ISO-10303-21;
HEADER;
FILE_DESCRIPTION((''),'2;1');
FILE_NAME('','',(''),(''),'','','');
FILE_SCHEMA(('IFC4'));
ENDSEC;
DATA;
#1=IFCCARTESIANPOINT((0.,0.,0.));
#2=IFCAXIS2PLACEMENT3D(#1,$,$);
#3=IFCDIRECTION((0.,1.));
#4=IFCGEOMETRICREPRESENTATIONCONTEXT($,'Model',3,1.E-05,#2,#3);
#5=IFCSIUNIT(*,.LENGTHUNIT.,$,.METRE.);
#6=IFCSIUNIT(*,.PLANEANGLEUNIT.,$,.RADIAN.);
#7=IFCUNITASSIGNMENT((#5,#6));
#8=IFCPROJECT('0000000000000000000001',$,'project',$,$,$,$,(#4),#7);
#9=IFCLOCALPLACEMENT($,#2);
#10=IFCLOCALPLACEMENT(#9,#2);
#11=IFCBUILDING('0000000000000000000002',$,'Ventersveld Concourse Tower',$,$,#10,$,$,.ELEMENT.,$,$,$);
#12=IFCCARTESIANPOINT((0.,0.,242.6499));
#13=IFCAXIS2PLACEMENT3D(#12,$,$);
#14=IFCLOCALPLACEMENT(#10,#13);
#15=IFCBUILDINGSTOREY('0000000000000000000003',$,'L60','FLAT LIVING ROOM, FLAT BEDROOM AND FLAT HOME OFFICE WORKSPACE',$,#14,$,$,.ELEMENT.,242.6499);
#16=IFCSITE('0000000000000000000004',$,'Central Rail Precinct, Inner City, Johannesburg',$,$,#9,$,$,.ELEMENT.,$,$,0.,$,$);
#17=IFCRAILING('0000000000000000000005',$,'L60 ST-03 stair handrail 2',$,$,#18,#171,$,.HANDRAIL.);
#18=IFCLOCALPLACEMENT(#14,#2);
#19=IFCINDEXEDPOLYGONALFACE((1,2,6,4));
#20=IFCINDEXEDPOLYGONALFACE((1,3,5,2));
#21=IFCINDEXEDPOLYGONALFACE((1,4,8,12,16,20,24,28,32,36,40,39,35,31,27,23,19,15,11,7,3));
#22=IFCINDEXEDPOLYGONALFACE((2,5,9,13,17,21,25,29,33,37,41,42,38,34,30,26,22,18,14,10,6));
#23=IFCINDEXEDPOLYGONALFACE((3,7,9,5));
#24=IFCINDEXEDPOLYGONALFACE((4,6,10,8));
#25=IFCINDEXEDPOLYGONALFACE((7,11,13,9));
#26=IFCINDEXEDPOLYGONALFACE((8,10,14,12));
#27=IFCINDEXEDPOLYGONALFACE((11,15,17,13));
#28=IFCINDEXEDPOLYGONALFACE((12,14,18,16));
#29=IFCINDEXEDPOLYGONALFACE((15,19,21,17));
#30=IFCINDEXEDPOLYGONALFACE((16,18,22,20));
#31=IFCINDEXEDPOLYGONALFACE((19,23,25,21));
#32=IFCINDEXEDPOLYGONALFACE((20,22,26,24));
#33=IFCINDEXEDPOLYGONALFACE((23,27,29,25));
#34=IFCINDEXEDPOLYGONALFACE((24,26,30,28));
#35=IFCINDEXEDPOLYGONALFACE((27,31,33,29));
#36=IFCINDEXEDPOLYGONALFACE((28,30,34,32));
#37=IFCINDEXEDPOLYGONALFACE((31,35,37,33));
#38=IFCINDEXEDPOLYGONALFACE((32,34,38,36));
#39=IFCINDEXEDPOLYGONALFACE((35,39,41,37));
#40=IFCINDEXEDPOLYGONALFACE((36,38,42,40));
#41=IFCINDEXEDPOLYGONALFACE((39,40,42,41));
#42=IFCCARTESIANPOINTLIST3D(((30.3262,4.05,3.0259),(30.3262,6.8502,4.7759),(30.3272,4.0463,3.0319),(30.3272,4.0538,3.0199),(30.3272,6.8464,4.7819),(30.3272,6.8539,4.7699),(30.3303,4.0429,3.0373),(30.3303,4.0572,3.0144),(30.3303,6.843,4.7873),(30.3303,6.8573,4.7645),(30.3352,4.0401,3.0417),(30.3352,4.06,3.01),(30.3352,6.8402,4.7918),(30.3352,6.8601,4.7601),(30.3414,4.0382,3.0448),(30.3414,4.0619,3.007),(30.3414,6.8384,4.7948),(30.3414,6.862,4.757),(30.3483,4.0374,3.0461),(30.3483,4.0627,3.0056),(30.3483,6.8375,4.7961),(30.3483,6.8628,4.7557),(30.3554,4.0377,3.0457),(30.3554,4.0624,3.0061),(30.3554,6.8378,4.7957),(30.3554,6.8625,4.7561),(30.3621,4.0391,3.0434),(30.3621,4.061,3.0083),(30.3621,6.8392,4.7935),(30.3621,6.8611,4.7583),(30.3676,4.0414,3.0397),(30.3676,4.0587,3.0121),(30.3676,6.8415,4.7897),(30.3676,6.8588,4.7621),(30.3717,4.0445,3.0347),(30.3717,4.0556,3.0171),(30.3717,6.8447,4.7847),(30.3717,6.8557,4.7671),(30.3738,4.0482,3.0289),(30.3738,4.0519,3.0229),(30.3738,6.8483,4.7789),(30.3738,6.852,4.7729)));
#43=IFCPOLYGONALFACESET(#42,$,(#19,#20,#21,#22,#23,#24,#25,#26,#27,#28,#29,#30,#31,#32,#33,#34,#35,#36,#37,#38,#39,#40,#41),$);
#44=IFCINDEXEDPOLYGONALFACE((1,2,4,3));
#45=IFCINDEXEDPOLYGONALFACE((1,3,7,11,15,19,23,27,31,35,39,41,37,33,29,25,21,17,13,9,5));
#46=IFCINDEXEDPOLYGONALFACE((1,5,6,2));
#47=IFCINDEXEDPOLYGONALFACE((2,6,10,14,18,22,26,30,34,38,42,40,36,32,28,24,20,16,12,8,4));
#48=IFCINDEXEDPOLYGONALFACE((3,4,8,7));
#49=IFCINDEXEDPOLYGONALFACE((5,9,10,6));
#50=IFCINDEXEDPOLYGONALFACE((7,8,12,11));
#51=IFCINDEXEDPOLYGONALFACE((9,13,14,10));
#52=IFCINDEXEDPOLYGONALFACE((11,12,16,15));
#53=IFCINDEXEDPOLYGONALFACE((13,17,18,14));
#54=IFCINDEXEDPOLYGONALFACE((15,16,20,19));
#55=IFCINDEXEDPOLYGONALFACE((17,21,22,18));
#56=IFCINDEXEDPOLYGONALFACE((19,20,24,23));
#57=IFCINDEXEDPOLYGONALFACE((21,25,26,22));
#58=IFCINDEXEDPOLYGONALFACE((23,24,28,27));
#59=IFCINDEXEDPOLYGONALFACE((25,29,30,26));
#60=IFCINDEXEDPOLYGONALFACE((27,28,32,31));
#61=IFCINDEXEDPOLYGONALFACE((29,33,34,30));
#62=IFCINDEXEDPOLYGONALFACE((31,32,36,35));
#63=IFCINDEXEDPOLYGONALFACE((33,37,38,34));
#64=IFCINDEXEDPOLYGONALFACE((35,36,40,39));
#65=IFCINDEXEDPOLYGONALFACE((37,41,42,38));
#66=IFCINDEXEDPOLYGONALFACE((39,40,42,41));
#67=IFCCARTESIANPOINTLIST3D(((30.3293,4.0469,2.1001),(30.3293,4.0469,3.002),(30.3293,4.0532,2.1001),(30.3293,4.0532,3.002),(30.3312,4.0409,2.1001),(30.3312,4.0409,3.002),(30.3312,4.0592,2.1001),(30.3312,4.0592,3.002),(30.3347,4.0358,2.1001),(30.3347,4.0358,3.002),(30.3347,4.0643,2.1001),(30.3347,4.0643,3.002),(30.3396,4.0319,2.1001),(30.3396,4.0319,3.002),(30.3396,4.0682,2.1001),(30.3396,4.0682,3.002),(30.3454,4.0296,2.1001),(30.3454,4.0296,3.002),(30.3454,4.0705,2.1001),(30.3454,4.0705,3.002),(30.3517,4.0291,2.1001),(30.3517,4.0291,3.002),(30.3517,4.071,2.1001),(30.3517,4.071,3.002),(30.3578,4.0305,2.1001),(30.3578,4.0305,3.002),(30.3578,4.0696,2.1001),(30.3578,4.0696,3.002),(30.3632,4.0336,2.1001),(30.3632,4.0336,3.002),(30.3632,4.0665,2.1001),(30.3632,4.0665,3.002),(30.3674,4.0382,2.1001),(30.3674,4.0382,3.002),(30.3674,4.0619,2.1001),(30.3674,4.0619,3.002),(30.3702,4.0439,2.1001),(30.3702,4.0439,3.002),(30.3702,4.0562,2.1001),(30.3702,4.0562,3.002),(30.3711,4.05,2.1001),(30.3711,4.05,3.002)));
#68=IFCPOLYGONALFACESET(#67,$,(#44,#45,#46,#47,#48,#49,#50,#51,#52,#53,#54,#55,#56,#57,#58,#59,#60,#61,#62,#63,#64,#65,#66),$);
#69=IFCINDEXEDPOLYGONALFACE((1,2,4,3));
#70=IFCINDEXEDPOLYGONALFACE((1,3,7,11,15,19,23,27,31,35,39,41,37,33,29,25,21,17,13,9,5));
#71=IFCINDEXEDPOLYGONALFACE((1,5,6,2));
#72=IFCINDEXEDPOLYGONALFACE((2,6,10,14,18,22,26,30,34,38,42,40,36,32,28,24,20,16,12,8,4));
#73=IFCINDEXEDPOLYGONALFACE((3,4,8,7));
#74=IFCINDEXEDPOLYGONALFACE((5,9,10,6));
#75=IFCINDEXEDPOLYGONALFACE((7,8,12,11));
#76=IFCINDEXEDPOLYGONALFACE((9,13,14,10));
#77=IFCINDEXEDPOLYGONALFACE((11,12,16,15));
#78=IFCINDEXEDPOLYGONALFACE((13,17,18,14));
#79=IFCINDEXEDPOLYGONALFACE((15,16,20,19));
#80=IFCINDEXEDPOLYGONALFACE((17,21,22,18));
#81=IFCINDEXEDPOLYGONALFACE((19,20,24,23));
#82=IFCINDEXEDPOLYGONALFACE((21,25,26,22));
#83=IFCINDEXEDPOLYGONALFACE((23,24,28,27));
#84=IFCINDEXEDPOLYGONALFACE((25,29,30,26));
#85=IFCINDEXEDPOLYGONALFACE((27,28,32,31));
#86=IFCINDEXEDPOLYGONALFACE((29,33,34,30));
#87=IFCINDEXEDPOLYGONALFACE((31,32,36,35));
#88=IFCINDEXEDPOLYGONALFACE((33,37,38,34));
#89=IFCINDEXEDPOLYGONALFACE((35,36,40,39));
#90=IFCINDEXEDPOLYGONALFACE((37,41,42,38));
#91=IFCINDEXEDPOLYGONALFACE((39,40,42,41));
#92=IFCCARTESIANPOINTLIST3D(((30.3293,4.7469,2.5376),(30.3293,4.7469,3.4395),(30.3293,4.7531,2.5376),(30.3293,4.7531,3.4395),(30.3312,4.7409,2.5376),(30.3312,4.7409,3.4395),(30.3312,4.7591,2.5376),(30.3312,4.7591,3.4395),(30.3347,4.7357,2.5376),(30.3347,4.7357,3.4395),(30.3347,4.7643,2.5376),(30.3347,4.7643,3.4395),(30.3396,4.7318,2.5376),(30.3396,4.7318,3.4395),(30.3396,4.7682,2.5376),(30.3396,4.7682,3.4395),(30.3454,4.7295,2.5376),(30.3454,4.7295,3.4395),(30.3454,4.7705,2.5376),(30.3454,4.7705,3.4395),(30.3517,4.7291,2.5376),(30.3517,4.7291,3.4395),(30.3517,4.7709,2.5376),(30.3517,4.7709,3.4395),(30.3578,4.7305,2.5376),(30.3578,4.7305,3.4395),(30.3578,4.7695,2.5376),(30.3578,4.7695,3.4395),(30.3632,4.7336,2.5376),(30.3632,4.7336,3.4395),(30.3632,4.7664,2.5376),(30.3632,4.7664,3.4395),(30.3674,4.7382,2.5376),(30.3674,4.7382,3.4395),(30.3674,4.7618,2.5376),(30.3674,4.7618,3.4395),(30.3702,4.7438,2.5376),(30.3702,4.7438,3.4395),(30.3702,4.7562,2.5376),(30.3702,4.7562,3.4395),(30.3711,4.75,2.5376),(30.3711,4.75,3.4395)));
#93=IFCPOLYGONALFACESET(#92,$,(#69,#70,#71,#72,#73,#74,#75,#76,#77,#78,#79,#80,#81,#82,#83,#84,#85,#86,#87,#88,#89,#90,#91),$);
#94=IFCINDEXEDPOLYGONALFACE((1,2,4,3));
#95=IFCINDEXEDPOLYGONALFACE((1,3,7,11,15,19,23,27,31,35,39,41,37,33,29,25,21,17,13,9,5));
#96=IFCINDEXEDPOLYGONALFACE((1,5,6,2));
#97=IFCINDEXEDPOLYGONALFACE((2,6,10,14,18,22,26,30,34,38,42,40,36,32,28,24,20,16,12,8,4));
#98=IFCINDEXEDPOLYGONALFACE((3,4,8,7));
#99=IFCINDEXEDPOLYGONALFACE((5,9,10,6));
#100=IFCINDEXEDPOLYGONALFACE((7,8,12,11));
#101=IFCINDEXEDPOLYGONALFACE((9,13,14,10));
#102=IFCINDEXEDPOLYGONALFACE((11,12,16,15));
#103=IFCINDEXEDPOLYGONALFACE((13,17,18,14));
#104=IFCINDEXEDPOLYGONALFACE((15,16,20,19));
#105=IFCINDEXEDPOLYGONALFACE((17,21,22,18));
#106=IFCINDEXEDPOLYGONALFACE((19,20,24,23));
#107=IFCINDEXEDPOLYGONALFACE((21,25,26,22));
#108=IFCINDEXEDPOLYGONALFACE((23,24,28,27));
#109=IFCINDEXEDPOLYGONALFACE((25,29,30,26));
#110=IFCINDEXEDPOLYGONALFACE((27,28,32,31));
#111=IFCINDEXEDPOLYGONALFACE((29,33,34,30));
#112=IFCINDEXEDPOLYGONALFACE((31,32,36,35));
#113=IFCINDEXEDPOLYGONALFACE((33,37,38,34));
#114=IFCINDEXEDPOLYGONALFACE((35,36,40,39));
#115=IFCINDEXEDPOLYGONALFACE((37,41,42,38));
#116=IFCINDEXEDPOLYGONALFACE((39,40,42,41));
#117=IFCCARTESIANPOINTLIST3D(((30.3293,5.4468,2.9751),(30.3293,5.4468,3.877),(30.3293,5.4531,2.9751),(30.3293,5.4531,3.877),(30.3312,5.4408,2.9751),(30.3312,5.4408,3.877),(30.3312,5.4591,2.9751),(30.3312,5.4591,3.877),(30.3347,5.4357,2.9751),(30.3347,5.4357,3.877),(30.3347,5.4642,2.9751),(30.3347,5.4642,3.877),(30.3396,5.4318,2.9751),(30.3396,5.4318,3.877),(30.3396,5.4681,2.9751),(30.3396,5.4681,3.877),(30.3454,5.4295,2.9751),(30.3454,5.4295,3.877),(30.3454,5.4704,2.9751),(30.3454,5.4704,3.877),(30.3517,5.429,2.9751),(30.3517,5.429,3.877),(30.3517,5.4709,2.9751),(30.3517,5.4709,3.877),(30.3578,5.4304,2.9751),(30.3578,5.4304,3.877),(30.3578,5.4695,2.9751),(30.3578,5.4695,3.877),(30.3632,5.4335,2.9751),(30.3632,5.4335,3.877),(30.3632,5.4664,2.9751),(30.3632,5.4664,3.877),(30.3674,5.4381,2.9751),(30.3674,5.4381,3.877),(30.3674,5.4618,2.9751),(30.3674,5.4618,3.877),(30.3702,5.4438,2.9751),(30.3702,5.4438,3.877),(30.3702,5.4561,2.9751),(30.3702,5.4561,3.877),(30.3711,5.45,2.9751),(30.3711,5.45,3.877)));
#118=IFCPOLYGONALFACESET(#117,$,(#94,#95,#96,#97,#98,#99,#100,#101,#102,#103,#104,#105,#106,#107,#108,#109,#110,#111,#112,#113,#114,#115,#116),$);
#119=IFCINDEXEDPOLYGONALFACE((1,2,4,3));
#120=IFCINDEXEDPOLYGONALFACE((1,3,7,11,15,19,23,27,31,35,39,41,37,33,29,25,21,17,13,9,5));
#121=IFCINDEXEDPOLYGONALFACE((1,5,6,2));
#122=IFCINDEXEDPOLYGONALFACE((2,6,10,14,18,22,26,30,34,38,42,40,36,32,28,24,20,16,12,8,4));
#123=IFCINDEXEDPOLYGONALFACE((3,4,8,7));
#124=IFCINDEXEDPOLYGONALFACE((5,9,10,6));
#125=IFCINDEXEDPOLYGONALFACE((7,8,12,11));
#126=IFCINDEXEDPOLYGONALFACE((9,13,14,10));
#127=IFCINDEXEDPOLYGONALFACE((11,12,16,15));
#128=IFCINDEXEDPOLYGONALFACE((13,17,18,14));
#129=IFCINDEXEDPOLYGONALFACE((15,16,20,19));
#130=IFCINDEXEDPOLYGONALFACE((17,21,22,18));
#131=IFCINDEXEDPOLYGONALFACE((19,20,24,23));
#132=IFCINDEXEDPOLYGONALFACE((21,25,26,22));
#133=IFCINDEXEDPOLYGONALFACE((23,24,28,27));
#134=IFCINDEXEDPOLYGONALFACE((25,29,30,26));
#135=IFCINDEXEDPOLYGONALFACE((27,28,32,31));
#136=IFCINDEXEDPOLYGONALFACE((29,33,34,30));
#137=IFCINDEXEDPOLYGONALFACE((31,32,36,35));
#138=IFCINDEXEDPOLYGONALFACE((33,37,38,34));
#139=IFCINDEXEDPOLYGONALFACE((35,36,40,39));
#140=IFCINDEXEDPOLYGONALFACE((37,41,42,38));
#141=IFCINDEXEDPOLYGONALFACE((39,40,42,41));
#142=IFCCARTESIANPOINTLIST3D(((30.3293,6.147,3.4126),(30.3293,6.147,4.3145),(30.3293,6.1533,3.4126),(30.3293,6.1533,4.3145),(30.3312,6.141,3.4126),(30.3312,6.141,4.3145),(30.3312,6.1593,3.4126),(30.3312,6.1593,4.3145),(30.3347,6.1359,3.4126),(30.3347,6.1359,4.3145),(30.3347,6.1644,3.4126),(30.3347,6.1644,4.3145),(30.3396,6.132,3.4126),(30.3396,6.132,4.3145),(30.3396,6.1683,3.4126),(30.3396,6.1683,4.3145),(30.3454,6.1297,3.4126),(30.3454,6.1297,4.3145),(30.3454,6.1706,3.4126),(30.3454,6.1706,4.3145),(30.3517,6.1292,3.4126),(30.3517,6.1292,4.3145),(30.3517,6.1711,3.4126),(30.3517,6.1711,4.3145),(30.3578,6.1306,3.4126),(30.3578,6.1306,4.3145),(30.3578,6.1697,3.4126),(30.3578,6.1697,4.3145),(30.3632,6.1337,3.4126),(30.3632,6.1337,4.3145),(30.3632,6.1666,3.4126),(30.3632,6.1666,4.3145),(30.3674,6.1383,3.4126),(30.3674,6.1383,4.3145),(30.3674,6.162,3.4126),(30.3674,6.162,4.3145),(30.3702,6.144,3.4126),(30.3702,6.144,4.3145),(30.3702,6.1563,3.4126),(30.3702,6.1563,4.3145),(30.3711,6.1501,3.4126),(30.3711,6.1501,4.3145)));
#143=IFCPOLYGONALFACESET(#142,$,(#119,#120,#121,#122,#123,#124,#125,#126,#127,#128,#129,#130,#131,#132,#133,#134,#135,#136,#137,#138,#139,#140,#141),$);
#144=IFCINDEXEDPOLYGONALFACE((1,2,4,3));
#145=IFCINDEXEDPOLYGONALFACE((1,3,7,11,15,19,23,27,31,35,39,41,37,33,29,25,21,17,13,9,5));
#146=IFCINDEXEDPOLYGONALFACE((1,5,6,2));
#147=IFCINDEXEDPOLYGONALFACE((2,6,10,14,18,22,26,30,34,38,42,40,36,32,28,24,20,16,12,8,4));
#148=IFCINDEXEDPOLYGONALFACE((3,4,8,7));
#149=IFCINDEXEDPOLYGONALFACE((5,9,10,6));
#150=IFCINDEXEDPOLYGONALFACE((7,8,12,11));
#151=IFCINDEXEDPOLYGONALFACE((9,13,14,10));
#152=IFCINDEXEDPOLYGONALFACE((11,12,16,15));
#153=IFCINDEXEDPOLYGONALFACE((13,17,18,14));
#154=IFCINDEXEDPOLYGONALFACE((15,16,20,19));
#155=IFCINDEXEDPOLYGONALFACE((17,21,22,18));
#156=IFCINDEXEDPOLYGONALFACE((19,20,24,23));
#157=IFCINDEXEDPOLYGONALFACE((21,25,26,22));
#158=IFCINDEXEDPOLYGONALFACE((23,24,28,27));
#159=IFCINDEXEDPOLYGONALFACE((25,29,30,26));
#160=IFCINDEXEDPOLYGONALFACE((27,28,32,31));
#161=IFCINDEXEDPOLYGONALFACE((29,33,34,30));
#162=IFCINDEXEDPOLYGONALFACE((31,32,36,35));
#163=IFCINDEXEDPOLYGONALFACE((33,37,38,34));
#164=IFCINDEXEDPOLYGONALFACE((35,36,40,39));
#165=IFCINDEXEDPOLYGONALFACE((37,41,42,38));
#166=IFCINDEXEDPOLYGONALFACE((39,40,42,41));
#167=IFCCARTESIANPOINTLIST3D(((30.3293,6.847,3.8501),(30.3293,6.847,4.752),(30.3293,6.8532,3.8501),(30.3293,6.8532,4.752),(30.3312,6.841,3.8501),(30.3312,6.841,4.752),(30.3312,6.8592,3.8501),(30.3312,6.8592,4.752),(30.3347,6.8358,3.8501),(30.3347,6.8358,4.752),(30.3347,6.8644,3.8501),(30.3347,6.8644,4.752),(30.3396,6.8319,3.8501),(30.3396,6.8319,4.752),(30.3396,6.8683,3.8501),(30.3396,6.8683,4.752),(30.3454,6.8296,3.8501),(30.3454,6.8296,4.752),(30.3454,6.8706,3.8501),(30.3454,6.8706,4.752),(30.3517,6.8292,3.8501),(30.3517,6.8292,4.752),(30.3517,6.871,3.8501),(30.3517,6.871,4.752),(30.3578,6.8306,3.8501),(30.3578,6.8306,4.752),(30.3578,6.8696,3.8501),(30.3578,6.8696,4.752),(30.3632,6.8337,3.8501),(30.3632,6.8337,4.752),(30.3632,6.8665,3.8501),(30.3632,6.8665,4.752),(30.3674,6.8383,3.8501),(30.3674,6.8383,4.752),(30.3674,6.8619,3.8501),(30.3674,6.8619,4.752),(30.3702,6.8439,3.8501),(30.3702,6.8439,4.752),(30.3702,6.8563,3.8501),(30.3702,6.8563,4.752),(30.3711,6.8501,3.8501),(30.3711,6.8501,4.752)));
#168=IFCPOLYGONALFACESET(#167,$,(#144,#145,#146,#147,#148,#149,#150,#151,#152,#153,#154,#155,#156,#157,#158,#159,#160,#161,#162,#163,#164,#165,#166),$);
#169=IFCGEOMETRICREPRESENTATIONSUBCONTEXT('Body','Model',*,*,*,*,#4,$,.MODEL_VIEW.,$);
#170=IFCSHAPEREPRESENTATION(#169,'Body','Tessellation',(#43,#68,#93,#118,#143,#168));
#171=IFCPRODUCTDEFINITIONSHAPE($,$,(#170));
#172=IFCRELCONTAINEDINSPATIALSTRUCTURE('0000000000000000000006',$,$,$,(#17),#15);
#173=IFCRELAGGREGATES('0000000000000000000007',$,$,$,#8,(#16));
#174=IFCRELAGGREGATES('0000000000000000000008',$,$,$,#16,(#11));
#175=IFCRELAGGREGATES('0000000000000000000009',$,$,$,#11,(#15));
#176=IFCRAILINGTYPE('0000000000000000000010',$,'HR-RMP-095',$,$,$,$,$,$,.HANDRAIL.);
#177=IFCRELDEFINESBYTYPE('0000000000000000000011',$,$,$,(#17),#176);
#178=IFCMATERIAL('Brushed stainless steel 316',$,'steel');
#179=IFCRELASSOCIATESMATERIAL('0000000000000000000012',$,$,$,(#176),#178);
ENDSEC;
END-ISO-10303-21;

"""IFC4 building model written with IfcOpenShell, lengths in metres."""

from ifc_helpers import new_model, si_unit, direction, frame, origin, origin_2d, place, context, subcontext, project, spatial, circle, extrude, material, type_object, element, save


model = new_model("IFC4")

# Units and contexts
model_context = context("Model", 3, precision=1e-05, world=origin(), true_north=direction((0.0, 1.0)))
body_context = subcontext(model_context, "Body", "Model", "MODEL_VIEW")
ifc_project = project(units=[si_unit("LENGTHUNIT", "METRE"), si_unit("PLANEANGLEUNIT", "RADIAN")], contexts=[model_context])

# Site, building, storey
site_placement = place(None, origin())
site = spatial("IfcSite", under=ifc_project, at=site_placement, Name="Central Rail Precinct, Inner City, Johannesburg", CompositionType="ELEMENT", RefElevation=0.0)
building_placement = place(site_placement, origin())
building = spatial("IfcBuilding", under=site, at=building_placement, Name="Ventersveld Concourse Tower", CompositionType="ELEMENT")
storey_placement = place(building_placement, frame((0.0, 0.0, 242.6499)))
storey = spatial("IfcBuildingStorey", under=building, at=storey_placement, Name="L60", Description="FLAT LIVING ROOM, FLAT BEDROOM AND FLAT HOME OFFICE WORKSPACE", CompositionType="ELEMENT", Elevation=242.6499)

# Shared definitions
ifc_material_1 = material(Name="Brushed stainless steel 316", Category="steel")

# Railing
railing_type_1 = type_object("IfcRailingType", Name="HR-RMP-095", PredefinedType="HANDRAIL", material=ifc_material_1)
railing_1_placement = place(storey_placement, frame((30.3501, 4.05, 2.1001)))
element("IfcRailing", 1, at=railing_1_placement, inside=storey, type_object=railing_type_1, Name="L60 ST-03 stair handrail 2", PredefinedType="HANDRAIL", context=body_context, shape_type="SweptSolid", body=[
    extrude(circle(Radius=0.0239, at=origin_2d()), frame((0.0, 0.0, 0.9258), z_axis=(0.0, 0.848002, 0.529992), x_axis=(-1.0, 0.0, 0.0)), (0.0, 0.0, 1.0), 3.302),
    extrude(circle(Radius=0.021, at=origin_2d()), origin(), (0.0, 0.0, 1.0), 0.9019),
    extrude(circle(Radius=0.021, at=origin_2d()), frame((0.0, 0.7, 0.4375)), (0.0, 0.0, 1.0), 0.9019),
    extrude(circle(Radius=0.021, at=origin_2d()), frame((0.0, 1.3999, 0.875)), (0.0, 0.0, 1.0), 0.9019),
    extrude(circle(Radius=0.021, at=origin_2d()), frame((0.0, 2.1001, 1.3125)), (0.0, 0.0, 1.0), 0.9019),
    extrude(circle(Radius=0.021, at=origin_2d()), frame((0.0, 2.8, 1.75)), (0.0, 0.0, 1.0), 0.9019),
])

save(model, "model.ifc")
